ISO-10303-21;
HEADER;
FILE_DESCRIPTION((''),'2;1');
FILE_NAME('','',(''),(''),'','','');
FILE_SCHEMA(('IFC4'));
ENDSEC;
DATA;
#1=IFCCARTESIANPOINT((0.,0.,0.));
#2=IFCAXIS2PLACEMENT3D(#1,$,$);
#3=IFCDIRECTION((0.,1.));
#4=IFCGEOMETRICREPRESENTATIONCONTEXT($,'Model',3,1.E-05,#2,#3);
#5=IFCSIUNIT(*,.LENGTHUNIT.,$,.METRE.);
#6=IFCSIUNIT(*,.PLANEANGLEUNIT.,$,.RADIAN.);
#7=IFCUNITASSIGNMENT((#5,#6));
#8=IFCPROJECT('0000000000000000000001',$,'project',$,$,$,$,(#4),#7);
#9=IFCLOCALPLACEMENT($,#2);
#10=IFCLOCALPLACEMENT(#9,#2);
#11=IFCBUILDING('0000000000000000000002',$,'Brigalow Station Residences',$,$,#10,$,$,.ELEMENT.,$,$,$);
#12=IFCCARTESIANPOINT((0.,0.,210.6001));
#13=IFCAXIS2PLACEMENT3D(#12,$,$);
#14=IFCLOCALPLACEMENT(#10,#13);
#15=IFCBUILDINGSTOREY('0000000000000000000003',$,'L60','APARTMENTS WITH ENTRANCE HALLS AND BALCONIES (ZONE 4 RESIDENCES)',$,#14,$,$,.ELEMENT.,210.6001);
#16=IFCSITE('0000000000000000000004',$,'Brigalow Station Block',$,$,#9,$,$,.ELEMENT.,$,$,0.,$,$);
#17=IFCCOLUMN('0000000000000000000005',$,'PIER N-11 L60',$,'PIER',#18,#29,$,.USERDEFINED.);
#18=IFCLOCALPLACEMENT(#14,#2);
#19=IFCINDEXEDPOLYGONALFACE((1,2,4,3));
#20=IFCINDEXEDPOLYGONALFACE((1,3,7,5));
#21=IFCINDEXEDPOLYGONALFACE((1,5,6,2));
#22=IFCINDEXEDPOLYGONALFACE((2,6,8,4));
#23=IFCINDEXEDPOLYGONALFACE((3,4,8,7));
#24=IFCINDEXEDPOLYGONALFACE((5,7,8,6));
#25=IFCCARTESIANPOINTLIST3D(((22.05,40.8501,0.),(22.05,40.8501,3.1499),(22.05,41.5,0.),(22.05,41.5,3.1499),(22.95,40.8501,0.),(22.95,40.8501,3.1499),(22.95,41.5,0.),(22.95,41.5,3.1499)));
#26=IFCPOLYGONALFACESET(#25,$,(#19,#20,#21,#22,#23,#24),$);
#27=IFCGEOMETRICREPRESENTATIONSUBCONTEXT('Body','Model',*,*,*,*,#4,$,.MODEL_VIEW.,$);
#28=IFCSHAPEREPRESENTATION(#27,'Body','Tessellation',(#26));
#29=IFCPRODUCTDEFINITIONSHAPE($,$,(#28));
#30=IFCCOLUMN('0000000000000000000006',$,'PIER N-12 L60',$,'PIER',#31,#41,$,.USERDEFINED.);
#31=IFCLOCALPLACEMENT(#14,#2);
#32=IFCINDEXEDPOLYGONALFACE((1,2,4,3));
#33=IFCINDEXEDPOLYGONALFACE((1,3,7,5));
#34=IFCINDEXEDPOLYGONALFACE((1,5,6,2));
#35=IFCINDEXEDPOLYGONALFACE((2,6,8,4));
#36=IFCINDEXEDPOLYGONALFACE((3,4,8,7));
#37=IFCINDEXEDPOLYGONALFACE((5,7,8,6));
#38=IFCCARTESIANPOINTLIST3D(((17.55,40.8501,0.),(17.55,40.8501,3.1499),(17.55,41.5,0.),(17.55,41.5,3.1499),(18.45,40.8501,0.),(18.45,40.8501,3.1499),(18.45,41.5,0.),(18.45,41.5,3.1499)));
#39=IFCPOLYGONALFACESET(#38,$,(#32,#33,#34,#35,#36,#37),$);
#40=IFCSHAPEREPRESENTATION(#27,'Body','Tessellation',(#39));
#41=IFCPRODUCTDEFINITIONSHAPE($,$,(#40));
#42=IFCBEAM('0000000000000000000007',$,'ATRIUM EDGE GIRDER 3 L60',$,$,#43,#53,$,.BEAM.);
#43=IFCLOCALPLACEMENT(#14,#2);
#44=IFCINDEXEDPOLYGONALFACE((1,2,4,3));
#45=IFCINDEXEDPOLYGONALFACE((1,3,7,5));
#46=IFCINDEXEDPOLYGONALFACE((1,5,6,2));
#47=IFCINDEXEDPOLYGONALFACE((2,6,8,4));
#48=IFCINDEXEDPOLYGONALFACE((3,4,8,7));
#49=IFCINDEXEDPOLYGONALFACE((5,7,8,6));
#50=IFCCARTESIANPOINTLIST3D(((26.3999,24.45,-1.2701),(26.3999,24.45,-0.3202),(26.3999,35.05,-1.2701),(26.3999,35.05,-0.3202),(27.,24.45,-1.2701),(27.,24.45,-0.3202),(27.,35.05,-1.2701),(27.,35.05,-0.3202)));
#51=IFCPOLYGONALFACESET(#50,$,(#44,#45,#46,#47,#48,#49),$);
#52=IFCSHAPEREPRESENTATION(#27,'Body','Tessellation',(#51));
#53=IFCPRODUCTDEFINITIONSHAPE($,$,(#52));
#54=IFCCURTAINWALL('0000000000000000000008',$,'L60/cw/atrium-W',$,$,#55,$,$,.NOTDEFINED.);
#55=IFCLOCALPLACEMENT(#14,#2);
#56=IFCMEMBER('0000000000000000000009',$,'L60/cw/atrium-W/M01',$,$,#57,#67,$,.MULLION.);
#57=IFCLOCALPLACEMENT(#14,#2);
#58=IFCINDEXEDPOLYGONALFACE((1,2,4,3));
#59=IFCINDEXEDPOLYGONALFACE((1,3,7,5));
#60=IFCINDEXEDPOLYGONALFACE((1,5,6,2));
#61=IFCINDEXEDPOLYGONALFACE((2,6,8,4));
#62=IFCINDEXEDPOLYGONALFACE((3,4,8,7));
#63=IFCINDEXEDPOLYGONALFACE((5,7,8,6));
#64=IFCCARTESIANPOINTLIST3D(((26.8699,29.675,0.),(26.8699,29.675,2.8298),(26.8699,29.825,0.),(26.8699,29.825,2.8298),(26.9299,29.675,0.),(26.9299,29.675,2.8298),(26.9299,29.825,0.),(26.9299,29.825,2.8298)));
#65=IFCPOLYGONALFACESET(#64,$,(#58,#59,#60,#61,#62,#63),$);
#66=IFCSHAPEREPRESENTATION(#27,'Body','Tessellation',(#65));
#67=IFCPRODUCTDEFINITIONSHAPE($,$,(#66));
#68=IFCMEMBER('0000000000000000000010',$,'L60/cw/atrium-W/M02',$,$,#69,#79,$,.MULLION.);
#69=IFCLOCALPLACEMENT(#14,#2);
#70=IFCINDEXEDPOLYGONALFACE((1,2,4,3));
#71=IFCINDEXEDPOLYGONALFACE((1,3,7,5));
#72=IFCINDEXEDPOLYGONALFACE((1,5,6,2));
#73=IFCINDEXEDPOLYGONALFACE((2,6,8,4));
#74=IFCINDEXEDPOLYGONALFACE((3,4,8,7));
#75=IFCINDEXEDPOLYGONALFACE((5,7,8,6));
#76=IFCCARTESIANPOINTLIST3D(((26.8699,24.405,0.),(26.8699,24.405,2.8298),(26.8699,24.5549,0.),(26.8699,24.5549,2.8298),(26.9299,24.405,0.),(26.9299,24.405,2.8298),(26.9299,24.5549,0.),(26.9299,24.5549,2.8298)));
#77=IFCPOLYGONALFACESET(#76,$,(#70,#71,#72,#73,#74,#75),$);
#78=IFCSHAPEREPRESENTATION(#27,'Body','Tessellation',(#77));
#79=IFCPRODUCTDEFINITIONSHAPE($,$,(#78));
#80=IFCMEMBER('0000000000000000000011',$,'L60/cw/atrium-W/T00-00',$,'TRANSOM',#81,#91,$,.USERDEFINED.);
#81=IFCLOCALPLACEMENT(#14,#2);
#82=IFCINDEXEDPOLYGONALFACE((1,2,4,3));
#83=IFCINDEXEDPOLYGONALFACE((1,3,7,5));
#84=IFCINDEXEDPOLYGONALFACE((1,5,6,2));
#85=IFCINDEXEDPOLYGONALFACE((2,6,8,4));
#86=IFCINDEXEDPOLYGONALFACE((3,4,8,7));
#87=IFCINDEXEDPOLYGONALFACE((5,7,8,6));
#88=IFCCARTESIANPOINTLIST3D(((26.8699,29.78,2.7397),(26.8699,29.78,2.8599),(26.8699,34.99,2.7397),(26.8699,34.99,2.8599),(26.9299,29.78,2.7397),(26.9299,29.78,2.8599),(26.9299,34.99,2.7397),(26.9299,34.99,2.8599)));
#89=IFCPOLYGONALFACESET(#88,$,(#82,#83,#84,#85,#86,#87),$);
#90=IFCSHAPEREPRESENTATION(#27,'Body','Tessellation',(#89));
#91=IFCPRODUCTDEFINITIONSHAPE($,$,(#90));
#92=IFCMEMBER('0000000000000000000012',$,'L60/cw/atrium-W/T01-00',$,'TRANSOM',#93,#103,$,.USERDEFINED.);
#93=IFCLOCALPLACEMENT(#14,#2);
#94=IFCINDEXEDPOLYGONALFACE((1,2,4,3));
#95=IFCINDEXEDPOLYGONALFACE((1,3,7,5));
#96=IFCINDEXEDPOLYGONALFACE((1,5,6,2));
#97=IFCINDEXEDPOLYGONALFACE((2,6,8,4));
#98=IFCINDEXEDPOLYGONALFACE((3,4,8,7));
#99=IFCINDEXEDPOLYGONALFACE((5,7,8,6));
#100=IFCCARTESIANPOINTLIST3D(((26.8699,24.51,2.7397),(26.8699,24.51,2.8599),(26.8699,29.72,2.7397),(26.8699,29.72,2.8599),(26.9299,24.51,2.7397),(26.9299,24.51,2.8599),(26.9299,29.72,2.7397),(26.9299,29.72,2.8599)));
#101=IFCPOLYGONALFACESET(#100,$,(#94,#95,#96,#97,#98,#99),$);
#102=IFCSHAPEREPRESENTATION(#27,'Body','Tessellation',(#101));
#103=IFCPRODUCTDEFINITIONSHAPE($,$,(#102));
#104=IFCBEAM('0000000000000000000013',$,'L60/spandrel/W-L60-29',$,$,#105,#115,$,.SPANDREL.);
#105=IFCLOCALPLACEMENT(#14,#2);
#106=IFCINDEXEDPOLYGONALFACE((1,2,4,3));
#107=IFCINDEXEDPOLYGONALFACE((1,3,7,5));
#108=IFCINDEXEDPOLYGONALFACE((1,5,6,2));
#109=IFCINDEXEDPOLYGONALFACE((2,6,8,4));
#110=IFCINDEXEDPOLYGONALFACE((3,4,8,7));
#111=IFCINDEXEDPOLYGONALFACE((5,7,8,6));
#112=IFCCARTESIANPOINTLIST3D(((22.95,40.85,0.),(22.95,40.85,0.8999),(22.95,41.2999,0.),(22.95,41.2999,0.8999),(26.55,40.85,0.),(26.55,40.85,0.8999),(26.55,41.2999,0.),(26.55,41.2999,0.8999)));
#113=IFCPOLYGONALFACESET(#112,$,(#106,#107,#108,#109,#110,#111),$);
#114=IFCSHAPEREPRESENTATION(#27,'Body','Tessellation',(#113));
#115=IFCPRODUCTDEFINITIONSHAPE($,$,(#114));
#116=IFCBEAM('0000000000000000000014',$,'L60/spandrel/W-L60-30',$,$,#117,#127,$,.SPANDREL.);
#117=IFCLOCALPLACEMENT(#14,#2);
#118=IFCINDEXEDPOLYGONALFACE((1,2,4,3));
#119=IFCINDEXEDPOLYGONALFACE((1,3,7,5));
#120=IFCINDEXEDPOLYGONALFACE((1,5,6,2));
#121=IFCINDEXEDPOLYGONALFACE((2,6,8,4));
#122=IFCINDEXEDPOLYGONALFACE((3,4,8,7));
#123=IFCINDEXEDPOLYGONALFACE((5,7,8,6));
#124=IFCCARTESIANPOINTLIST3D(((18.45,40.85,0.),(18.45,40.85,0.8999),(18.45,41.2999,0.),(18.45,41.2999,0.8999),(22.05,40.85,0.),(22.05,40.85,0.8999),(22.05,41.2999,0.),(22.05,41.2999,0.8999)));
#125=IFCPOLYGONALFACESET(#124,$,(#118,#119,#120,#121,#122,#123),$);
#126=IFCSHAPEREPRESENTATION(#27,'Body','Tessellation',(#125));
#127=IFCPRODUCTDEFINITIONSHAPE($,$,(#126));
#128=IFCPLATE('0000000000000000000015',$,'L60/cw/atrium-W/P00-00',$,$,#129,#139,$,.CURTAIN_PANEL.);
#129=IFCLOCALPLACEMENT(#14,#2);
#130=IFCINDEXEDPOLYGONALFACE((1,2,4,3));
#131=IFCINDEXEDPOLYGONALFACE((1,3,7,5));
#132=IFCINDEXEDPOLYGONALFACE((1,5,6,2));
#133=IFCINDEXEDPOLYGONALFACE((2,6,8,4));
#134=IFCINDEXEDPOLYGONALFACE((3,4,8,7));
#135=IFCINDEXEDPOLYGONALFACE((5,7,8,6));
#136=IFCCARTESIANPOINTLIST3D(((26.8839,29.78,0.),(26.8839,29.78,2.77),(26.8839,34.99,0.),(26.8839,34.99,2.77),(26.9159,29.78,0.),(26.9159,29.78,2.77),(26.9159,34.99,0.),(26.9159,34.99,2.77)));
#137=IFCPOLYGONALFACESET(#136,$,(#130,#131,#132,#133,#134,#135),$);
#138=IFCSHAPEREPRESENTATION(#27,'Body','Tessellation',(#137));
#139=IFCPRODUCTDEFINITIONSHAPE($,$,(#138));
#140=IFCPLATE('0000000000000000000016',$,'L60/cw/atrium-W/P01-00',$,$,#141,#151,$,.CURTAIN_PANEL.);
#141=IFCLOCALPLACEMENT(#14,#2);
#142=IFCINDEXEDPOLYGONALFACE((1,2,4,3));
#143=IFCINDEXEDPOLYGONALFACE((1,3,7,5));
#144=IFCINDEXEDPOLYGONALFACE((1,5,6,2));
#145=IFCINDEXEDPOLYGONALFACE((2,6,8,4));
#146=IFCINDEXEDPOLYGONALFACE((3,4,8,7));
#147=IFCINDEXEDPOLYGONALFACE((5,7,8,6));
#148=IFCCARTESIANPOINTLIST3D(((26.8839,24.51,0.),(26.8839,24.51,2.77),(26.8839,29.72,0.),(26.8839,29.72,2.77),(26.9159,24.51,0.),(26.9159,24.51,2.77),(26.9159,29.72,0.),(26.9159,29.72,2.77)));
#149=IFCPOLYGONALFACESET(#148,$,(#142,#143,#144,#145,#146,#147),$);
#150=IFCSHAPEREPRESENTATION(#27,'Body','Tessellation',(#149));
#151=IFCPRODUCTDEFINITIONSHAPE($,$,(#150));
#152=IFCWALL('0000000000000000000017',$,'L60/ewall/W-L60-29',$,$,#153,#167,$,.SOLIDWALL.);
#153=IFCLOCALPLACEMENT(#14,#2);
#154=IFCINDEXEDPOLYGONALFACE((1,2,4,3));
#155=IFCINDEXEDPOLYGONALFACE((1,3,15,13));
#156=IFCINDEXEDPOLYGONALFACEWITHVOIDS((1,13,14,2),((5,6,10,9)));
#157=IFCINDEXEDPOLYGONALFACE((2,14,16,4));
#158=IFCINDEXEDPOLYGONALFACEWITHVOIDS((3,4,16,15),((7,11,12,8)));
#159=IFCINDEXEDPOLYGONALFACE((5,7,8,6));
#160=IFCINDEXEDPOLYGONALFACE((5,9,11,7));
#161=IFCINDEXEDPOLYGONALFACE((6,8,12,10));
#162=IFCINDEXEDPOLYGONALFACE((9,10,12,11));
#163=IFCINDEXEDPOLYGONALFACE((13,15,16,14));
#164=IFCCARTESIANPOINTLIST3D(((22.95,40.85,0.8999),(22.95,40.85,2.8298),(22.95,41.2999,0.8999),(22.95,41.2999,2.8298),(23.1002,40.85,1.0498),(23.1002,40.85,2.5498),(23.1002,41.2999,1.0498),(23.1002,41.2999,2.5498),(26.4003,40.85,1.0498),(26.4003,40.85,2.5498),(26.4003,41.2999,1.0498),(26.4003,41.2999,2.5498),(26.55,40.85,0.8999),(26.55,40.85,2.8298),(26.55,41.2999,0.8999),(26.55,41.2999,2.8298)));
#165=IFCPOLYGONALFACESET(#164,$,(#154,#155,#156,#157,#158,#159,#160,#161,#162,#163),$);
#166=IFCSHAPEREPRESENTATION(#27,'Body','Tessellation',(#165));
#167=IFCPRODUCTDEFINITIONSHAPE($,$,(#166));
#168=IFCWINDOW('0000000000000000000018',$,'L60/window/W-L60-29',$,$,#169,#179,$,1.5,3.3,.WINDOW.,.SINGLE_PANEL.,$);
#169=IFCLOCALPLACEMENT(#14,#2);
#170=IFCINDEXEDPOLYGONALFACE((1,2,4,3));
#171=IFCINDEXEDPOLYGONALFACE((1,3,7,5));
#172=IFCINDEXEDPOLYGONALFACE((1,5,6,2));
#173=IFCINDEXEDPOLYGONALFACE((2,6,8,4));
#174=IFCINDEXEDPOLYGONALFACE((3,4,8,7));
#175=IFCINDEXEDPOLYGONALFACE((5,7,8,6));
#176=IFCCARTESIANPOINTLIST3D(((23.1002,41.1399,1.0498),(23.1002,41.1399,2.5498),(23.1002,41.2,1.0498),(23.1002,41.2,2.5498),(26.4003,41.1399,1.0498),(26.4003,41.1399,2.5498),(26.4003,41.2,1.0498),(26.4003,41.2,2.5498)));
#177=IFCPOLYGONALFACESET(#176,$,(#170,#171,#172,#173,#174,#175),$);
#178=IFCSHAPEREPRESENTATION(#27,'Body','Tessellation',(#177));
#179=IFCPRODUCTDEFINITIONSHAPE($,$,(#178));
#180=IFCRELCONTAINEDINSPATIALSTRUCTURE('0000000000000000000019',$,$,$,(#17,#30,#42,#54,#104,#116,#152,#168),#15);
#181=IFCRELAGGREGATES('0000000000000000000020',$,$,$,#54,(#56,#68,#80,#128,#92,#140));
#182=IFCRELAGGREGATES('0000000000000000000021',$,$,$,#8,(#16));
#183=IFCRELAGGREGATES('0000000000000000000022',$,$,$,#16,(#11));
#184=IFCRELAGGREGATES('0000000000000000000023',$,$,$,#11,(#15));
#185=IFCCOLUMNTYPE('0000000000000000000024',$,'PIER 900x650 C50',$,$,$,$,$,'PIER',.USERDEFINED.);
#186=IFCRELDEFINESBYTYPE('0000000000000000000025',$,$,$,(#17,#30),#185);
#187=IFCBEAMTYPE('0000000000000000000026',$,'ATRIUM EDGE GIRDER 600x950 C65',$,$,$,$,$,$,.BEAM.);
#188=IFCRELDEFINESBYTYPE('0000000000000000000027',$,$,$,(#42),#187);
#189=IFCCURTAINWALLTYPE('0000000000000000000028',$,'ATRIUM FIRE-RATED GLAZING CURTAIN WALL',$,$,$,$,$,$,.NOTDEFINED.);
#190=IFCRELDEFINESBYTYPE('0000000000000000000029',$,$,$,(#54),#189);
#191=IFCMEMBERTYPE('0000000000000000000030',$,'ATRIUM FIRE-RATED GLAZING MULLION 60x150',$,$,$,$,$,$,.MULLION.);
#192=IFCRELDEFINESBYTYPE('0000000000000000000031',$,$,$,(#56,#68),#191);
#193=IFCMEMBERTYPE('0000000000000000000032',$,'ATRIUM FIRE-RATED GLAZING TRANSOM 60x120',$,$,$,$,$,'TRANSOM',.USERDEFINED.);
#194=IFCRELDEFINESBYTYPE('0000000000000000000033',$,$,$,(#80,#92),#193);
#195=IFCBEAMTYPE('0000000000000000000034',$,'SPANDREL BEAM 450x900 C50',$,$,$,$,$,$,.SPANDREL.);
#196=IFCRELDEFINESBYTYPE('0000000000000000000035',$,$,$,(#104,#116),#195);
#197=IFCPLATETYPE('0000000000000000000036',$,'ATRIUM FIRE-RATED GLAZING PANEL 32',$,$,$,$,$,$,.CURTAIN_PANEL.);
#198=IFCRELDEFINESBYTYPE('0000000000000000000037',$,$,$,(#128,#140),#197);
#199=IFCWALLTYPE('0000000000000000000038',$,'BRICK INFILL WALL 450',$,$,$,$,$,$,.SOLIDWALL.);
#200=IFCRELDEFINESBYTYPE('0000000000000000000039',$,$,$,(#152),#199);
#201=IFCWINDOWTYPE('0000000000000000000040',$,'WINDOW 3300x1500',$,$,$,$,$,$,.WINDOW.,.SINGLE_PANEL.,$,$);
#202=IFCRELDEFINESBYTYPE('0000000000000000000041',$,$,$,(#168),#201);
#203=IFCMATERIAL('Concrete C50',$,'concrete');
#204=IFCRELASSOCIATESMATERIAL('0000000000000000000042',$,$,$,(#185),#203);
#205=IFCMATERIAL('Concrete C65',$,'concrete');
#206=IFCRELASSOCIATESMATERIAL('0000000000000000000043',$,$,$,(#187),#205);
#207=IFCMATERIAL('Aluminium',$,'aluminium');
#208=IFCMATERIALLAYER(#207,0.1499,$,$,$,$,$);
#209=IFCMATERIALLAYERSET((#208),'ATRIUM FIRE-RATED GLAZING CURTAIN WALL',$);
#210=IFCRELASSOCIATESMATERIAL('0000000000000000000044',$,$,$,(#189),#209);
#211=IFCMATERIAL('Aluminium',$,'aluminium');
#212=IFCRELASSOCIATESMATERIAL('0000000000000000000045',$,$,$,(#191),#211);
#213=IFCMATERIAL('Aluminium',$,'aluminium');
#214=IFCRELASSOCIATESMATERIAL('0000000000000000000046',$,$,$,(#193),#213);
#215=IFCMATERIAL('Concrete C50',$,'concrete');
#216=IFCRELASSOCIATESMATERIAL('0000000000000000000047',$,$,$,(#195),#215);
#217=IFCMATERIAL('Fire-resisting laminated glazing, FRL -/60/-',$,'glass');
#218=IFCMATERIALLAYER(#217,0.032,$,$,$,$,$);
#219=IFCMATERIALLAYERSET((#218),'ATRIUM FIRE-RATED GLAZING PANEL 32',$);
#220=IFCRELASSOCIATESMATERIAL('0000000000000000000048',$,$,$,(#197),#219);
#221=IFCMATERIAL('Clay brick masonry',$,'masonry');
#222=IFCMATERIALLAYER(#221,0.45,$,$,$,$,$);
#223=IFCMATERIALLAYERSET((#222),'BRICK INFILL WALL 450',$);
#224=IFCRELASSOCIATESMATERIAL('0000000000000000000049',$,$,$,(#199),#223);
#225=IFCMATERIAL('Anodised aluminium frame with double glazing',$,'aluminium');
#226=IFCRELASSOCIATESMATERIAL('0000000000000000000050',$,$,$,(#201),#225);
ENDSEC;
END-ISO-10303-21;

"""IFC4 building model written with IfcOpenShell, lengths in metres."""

from ifc_helpers import new_model, si_unit, direction, frame, frame_2d, origin, origin_2d, place, context, subcontext, project, spatial, rectangle, extrude, material, layer, layer_set, material_profile, profile_set, type_object, element, fill, aggregate, save


model = new_model("IFC4")

# Units and contexts
model_context = context("Model", 3, precision=1e-05, world=origin(), true_north=direction((0.0, 1.0)))
body_context = subcontext(model_context, "Body", "Model", "MODEL_VIEW")
ifc_project = project(units=[si_unit("LENGTHUNIT", "METRE"), si_unit("PLANEANGLEUNIT", "RADIAN")], contexts=[model_context])

# Site, building, storey
site_placement = place(None, origin())
site = spatial("IfcSite", under=ifc_project, at=site_placement, Name="Brigalow Station Block", CompositionType="ELEMENT", RefElevation=0.0)
building_placement = place(site_placement, origin())
building = spatial("IfcBuilding", under=site, at=building_placement, Name="Brigalow Station Residences", CompositionType="ELEMENT")
storey_placement = place(building_placement, frame((0.0, 0.0, 210.6001)))
storey = spatial("IfcBuildingStorey", under=building, at=storey_placement, Name="L60", Description="APARTMENTS WITH ENTRANCE HALLS AND BALCONIES (ZONE 4 RESIDENCES)", CompositionType="ELEMENT", Elevation=210.6001)

# Columns
ifc_material_1 = material(Name="Concrete C50", Category="concrete")
ifc_material_profile_1 = material_profile(ifc_material_1, rectangle(XDim=0.8999, YDim=0.6499, at=origin_2d()), Name="RC900x650")
ifc_profile_set_1 = profile_set([ifc_material_profile_1], Name="Concrete C50")
column_type = type_object("IfcColumnType", Name="PIER 900x650 C50", ElementType="PIER", PredefinedType="USERDEFINED", material=ifc_profile_set_1)
for number, where, z_axis, x_axis, name in (
    (1, (22.5, 41.175, 0.0), (0.0, 0.0, 1.0), (-1.0, 0.0, 0.0), "PIER N-11 L60"),
    (2, (18.0, 41.175, 0.0), (0.0, 0.0, 1.0), (-1.0, 0.0, 0.0), "PIER N-12 L60"),
):
    element("IfcColumn", number, at=place(storey_placement, frame(where, z_axis=z_axis, x_axis=x_axis)), inside=storey, type_object=column_type, Name=name, ObjectType="PIER", PredefinedType="USERDEFINED", context=body_context, shape_type="SweptSolid", body=[
        extrude(rectangle(XDim=0.8999, YDim=0.6499, at=origin_2d()), origin(), (0.0, 0.0, 1.0), 3.1499),
    ])

# Beam
ifc_material_2 = material(Name="Concrete C65", Category="concrete")
ifc_material_profile_2 = material_profile(ifc_material_2, rectangle(XDim=0.6001, YDim=0.95, at=origin_2d()), Name="RC600x950")
ifc_profile_set_2 = profile_set([ifc_material_profile_2], Name="Concrete C65")
beam_type_1 = type_object("IfcBeamType", Name="ATRIUM EDGE GIRDER 600x950 C65", PredefinedType="BEAM", material=ifc_profile_set_2)
beam_placement = place(storey_placement, frame((26.7, 24.45, -0.7952), z_axis=(0.0, 1.0, 0.0), x_axis=(-1.0, 0.0, 0.0)))
element("IfcBeam", 3, at=beam_placement, inside=storey, type_object=beam_type_1, Name="ATRIUM EDGE GIRDER 3 L60", PredefinedType="BEAM", context=body_context, shape_type="SweptSolid", body=[
    extrude(rectangle(XDim=0.6001, YDim=0.95, at=origin_2d()), origin(), (0.0, 0.0, 1.0), 10.6001),
])

# Curtain wall, members
ifc_material_3 = material(Name="Aluminium", Category="aluminium")
ifc_layer_1 = layer(ifc_material_3, 0.1499)
ifc_layer_set_1 = layer_set([ifc_layer_1], Name="ATRIUM FIRE-RATED GLAZING CURTAIN WALL")
curtain_wall_type = type_object("IfcCurtainWallType", Name="ATRIUM FIRE-RATED GLAZING CURTAIN WALL", PredefinedType="NOTDEFINED", material=ifc_layer_set_1)
curtain_wall_placement = place(storey_placement, origin())
curtain_wall = element("IfcCurtainWall", 4, at=curtain_wall_placement, inside=storey, type_object=curtain_wall_type, Name="L60/cw/atrium-W", PredefinedType="NOTDEFINED")
ifc_material_4 = material(Name="Aluminium", Category="aluminium")
ifc_material_profile_3 = material_profile(ifc_material_4, rectangle(XDim=0.0601, YDim=0.1499, at=origin_2d()), Name="ATRIUM FIRE-RATED GLAZING MULLION 60x150")
ifc_profile_set_3 = profile_set([ifc_material_profile_3], Name="Aluminium")
member_type_1 = type_object("IfcMemberType", Name="ATRIUM FIRE-RATED GLAZING MULLION 60x150", PredefinedType="MULLION", material=ifc_profile_set_3)
member_1_placement = place(storey_placement, frame((26.8999, 29.75, 0.0), z_axis=(0.0, 0.0, 1.0), x_axis=(1.0, 0.0, 0.0)))
member_1 = element("IfcMember", 5, at=member_1_placement, type_object=member_type_1, Name="L60/cw/atrium-W/M01", PredefinedType="MULLION", context=body_context, shape_type="SweptSolid", body=[
    extrude(rectangle(XDim=0.0601, YDim=0.1499, at=origin_2d()), origin(), (0.0, 0.0, 1.0), 2.8298),
])
member_2_placement = place(storey_placement, frame((26.8999, 24.48, 0.0), z_axis=(0.0, 0.0, 1.0), x_axis=(1.0, 0.0, 0.0)))
member_2 = element("IfcMember", 6, at=member_2_placement, type_object=member_type_1, Name="L60/cw/atrium-W/M02", PredefinedType="MULLION", context=body_context, shape_type="SweptSolid", body=[
    extrude(rectangle(XDim=0.0601, YDim=0.1499, at=origin_2d()), origin(), (0.0, 0.0, 1.0), 2.8298),
])
ifc_material_5 = material(Name="Aluminium", Category="aluminium")
ifc_material_profile_4 = material_profile(ifc_material_5, rectangle(XDim=0.0601, YDim=0.1201, at=origin_2d()), Name="ATRIUM FIRE-RATED GLAZING TRANSOM 60x120")
ifc_profile_set_4 = profile_set([ifc_material_profile_4], Name="Aluminium")
member_type_2 = type_object("IfcMemberType", Name="ATRIUM FIRE-RATED GLAZING TRANSOM 60x120", ElementType="TRANSOM", PredefinedType="USERDEFINED", material=ifc_profile_set_4)
member_3_placement = place(storey_placement, frame((26.8999, 34.99, 2.7998), z_axis=(0.0, -1.0, 0.0), x_axis=(1.0, 0.0, 0.0)))
member_3 = element("IfcMember", 7, at=member_3_placement, type_object=member_type_2, Name="L60/cw/atrium-W/T00-00", ObjectType="TRANSOM", PredefinedType="USERDEFINED", context=body_context, shape_type="SweptSolid", body=[
    extrude(rectangle(XDim=0.0601, YDim=0.1201, at=origin_2d()), origin(), (0.0, 0.0, 1.0), 5.21),
])
member_4_placement = place(storey_placement, frame((26.8999, 29.72, 2.7998), z_axis=(0.0, -1.0, 0.0), x_axis=(1.0, 0.0, 0.0)))
member_4 = element("IfcMember", 8, at=member_4_placement, type_object=member_type_2, Name="L60/cw/atrium-W/T01-00", ObjectType="TRANSOM", PredefinedType="USERDEFINED", context=body_context, shape_type="SweptSolid", body=[
    extrude(rectangle(XDim=0.0601, YDim=0.1201, at=origin_2d()), origin(), (0.0, 0.0, 1.0), 5.21),
])

# Beams
ifc_material_6 = material(Name="Concrete C50", Category="concrete")
ifc_material_profile_5 = material_profile(ifc_material_6, rectangle(XDim=0.45, YDim=0.8999, at=origin_2d()), Name="RC450x900")
ifc_profile_set_5 = profile_set([ifc_material_profile_5], Name="Concrete C50")
beam_type_2 = type_object("IfcBeamType", Name="SPANDREL BEAM 450x900 C50", PredefinedType="SPANDREL", material=ifc_profile_set_5)
for number, where, z_axis, x_axis, name in (
    (9, (26.55, 41.075, 0.45), (-1.0, 0.0, 0.0), (0.0, -1.0, 0.0), "L60/spandrel/W-L60-29"),
    (10, (22.05, 41.075, 0.45), (-1.0, 0.0, 0.0), (0.0, -1.0, 0.0), "L60/spandrel/W-L60-30"),
):
    element("IfcBeam", number, at=place(storey_placement, frame(where, z_axis=z_axis, x_axis=x_axis)), inside=storey, type_object=beam_type_2, Name=name, PredefinedType="SPANDREL", context=body_context, shape_type="SweptSolid", body=[
        extrude(rectangle(XDim=0.45, YDim=0.8999, at=origin_2d()), origin(), (0.0, 0.0, 1.0), 3.6001),
    ])

# Plates
ifc_material_7 = material(Name="Fire-resisting laminated glazing, FRL -/60/-", Category="glass")
ifc_layer_2 = layer(ifc_material_7, 0.032)
ifc_layer_set_2 = layer_set([ifc_layer_2], Name="ATRIUM FIRE-RATED GLAZING PANEL 32")
plate_type = type_object("IfcPlateType", Name="ATRIUM FIRE-RATED GLAZING PANEL 32", PredefinedType="CURTAIN_PANEL", material=ifc_layer_set_2)
plate_1_placement = place(storey_placement, frame((26.8999, 32.385, 0.0), z_axis=(0.0, 0.0, 1.0), x_axis=(0.0, -1.0, 0.0)))
plate_1 = element("IfcPlate", 11, at=plate_1_placement, type_object=plate_type, Name="L60/cw/atrium-W/P00-00", PredefinedType="CURTAIN_PANEL", context=body_context, shape_type="SweptSolid", body=[
    extrude(rectangle(XDim=5.21, YDim=0.032, at=origin_2d()), origin(), (0.0, 0.0, 1.0), 2.77),
])
plate_2_placement = place(storey_placement, frame((26.8999, 27.115, 0.0), z_axis=(0.0, 0.0, 1.0), x_axis=(0.0, -1.0, 0.0)))
plate_2 = element("IfcPlate", 12, at=plate_2_placement, type_object=plate_type, Name="L60/cw/atrium-W/P01-00", PredefinedType="CURTAIN_PANEL", context=body_context, shape_type="SweptSolid", body=[
    extrude(rectangle(XDim=5.21, YDim=0.032, at=origin_2d()), origin(), (0.0, 0.0, 1.0), 2.77),
])
aggregate(curtain_wall, [member_1, member_2, member_3, plate_1, member_4, plate_2])

# Wall, opening, window
ifc_material_8 = material(Name="Clay brick masonry", Category="masonry")
ifc_layer_3 = layer(ifc_material_8, 0.45)
ifc_layer_set_3 = layer_set([ifc_layer_3], Name="BRICK INFILL WALL 450")
wall_type_1 = type_object("IfcWallType", Name="BRICK INFILL WALL 450", PredefinedType="SOLIDWALL", material=ifc_layer_set_3)
wall_1_placement = place(storey_placement, frame((26.55, 41.075, 0.8999), z_axis=(0.0, 0.0, 1.0), x_axis=(-1.0, 0.0, 0.0)))
wall_1 = element("IfcWall", 13, at=wall_1_placement, inside=storey, type_object=wall_type_1, Name="L60/ewall/W-L60-29", PredefinedType="SOLIDWALL", context=body_context, shape_type="SweptSolid", body=[
    extrude(rectangle(XDim=3.6001, YDim=0.45, at=frame_2d((1.8, 0.0))), origin(), (0.0, 0.0, 1.0), 1.9299),
])
opening_1_placement = place(wall_1_placement, frame((0.1499, 0.0, 0.1499)))
opening_1 = element("IfcOpeningElement", 14, at=opening_1_placement, cuts=wall_1, PredefinedType="OPENING", context=body_context, shape_type="SweptSolid", body=[
    extrude(rectangle(XDim=3.3, YDim=1.5, at=frame_2d((1.6499, 0.75))), frame((0.0, 0.2349, 0.0), z_axis=(0.0, -1.0, 0.0), x_axis=(1.0, 0.0, 0.0)), (0.0, 0.0, 1.0), 0.47),
])
ifc_material_9 = material(Name="Anodised aluminium frame with double glazing", Category="aluminium")
window_type = type_object("IfcWindowType", Name="WINDOW 3300x1500", PartitioningType="SINGLE_PANEL", PredefinedType="WINDOW", material=ifc_material_9)
window_1_placement = place(opening_1_placement, origin())
window_1 = element("IfcWindow", 15, at=window_1_placement, inside=storey, type_object=window_type, Name="L60/window/W-L60-29", OverallHeight=1.5, OverallWidth=3.3, PartitioningType="SINGLE_PANEL", PredefinedType="WINDOW", context=body_context, shape_type="SweptSolid", body=[
    extrude(rectangle(XDim=3.3, YDim=1.5, at=frame_2d((1.6499, 0.75))), frame((0.0, -0.0649, 0.0), z_axis=(0.0, -1.0, 0.0), x_axis=(1.0, 0.0, 0.0)), (0.0, 0.0, 1.0), 0.0601),
])
fill(opening_1, window_1)

save(model, "model.ifc")
